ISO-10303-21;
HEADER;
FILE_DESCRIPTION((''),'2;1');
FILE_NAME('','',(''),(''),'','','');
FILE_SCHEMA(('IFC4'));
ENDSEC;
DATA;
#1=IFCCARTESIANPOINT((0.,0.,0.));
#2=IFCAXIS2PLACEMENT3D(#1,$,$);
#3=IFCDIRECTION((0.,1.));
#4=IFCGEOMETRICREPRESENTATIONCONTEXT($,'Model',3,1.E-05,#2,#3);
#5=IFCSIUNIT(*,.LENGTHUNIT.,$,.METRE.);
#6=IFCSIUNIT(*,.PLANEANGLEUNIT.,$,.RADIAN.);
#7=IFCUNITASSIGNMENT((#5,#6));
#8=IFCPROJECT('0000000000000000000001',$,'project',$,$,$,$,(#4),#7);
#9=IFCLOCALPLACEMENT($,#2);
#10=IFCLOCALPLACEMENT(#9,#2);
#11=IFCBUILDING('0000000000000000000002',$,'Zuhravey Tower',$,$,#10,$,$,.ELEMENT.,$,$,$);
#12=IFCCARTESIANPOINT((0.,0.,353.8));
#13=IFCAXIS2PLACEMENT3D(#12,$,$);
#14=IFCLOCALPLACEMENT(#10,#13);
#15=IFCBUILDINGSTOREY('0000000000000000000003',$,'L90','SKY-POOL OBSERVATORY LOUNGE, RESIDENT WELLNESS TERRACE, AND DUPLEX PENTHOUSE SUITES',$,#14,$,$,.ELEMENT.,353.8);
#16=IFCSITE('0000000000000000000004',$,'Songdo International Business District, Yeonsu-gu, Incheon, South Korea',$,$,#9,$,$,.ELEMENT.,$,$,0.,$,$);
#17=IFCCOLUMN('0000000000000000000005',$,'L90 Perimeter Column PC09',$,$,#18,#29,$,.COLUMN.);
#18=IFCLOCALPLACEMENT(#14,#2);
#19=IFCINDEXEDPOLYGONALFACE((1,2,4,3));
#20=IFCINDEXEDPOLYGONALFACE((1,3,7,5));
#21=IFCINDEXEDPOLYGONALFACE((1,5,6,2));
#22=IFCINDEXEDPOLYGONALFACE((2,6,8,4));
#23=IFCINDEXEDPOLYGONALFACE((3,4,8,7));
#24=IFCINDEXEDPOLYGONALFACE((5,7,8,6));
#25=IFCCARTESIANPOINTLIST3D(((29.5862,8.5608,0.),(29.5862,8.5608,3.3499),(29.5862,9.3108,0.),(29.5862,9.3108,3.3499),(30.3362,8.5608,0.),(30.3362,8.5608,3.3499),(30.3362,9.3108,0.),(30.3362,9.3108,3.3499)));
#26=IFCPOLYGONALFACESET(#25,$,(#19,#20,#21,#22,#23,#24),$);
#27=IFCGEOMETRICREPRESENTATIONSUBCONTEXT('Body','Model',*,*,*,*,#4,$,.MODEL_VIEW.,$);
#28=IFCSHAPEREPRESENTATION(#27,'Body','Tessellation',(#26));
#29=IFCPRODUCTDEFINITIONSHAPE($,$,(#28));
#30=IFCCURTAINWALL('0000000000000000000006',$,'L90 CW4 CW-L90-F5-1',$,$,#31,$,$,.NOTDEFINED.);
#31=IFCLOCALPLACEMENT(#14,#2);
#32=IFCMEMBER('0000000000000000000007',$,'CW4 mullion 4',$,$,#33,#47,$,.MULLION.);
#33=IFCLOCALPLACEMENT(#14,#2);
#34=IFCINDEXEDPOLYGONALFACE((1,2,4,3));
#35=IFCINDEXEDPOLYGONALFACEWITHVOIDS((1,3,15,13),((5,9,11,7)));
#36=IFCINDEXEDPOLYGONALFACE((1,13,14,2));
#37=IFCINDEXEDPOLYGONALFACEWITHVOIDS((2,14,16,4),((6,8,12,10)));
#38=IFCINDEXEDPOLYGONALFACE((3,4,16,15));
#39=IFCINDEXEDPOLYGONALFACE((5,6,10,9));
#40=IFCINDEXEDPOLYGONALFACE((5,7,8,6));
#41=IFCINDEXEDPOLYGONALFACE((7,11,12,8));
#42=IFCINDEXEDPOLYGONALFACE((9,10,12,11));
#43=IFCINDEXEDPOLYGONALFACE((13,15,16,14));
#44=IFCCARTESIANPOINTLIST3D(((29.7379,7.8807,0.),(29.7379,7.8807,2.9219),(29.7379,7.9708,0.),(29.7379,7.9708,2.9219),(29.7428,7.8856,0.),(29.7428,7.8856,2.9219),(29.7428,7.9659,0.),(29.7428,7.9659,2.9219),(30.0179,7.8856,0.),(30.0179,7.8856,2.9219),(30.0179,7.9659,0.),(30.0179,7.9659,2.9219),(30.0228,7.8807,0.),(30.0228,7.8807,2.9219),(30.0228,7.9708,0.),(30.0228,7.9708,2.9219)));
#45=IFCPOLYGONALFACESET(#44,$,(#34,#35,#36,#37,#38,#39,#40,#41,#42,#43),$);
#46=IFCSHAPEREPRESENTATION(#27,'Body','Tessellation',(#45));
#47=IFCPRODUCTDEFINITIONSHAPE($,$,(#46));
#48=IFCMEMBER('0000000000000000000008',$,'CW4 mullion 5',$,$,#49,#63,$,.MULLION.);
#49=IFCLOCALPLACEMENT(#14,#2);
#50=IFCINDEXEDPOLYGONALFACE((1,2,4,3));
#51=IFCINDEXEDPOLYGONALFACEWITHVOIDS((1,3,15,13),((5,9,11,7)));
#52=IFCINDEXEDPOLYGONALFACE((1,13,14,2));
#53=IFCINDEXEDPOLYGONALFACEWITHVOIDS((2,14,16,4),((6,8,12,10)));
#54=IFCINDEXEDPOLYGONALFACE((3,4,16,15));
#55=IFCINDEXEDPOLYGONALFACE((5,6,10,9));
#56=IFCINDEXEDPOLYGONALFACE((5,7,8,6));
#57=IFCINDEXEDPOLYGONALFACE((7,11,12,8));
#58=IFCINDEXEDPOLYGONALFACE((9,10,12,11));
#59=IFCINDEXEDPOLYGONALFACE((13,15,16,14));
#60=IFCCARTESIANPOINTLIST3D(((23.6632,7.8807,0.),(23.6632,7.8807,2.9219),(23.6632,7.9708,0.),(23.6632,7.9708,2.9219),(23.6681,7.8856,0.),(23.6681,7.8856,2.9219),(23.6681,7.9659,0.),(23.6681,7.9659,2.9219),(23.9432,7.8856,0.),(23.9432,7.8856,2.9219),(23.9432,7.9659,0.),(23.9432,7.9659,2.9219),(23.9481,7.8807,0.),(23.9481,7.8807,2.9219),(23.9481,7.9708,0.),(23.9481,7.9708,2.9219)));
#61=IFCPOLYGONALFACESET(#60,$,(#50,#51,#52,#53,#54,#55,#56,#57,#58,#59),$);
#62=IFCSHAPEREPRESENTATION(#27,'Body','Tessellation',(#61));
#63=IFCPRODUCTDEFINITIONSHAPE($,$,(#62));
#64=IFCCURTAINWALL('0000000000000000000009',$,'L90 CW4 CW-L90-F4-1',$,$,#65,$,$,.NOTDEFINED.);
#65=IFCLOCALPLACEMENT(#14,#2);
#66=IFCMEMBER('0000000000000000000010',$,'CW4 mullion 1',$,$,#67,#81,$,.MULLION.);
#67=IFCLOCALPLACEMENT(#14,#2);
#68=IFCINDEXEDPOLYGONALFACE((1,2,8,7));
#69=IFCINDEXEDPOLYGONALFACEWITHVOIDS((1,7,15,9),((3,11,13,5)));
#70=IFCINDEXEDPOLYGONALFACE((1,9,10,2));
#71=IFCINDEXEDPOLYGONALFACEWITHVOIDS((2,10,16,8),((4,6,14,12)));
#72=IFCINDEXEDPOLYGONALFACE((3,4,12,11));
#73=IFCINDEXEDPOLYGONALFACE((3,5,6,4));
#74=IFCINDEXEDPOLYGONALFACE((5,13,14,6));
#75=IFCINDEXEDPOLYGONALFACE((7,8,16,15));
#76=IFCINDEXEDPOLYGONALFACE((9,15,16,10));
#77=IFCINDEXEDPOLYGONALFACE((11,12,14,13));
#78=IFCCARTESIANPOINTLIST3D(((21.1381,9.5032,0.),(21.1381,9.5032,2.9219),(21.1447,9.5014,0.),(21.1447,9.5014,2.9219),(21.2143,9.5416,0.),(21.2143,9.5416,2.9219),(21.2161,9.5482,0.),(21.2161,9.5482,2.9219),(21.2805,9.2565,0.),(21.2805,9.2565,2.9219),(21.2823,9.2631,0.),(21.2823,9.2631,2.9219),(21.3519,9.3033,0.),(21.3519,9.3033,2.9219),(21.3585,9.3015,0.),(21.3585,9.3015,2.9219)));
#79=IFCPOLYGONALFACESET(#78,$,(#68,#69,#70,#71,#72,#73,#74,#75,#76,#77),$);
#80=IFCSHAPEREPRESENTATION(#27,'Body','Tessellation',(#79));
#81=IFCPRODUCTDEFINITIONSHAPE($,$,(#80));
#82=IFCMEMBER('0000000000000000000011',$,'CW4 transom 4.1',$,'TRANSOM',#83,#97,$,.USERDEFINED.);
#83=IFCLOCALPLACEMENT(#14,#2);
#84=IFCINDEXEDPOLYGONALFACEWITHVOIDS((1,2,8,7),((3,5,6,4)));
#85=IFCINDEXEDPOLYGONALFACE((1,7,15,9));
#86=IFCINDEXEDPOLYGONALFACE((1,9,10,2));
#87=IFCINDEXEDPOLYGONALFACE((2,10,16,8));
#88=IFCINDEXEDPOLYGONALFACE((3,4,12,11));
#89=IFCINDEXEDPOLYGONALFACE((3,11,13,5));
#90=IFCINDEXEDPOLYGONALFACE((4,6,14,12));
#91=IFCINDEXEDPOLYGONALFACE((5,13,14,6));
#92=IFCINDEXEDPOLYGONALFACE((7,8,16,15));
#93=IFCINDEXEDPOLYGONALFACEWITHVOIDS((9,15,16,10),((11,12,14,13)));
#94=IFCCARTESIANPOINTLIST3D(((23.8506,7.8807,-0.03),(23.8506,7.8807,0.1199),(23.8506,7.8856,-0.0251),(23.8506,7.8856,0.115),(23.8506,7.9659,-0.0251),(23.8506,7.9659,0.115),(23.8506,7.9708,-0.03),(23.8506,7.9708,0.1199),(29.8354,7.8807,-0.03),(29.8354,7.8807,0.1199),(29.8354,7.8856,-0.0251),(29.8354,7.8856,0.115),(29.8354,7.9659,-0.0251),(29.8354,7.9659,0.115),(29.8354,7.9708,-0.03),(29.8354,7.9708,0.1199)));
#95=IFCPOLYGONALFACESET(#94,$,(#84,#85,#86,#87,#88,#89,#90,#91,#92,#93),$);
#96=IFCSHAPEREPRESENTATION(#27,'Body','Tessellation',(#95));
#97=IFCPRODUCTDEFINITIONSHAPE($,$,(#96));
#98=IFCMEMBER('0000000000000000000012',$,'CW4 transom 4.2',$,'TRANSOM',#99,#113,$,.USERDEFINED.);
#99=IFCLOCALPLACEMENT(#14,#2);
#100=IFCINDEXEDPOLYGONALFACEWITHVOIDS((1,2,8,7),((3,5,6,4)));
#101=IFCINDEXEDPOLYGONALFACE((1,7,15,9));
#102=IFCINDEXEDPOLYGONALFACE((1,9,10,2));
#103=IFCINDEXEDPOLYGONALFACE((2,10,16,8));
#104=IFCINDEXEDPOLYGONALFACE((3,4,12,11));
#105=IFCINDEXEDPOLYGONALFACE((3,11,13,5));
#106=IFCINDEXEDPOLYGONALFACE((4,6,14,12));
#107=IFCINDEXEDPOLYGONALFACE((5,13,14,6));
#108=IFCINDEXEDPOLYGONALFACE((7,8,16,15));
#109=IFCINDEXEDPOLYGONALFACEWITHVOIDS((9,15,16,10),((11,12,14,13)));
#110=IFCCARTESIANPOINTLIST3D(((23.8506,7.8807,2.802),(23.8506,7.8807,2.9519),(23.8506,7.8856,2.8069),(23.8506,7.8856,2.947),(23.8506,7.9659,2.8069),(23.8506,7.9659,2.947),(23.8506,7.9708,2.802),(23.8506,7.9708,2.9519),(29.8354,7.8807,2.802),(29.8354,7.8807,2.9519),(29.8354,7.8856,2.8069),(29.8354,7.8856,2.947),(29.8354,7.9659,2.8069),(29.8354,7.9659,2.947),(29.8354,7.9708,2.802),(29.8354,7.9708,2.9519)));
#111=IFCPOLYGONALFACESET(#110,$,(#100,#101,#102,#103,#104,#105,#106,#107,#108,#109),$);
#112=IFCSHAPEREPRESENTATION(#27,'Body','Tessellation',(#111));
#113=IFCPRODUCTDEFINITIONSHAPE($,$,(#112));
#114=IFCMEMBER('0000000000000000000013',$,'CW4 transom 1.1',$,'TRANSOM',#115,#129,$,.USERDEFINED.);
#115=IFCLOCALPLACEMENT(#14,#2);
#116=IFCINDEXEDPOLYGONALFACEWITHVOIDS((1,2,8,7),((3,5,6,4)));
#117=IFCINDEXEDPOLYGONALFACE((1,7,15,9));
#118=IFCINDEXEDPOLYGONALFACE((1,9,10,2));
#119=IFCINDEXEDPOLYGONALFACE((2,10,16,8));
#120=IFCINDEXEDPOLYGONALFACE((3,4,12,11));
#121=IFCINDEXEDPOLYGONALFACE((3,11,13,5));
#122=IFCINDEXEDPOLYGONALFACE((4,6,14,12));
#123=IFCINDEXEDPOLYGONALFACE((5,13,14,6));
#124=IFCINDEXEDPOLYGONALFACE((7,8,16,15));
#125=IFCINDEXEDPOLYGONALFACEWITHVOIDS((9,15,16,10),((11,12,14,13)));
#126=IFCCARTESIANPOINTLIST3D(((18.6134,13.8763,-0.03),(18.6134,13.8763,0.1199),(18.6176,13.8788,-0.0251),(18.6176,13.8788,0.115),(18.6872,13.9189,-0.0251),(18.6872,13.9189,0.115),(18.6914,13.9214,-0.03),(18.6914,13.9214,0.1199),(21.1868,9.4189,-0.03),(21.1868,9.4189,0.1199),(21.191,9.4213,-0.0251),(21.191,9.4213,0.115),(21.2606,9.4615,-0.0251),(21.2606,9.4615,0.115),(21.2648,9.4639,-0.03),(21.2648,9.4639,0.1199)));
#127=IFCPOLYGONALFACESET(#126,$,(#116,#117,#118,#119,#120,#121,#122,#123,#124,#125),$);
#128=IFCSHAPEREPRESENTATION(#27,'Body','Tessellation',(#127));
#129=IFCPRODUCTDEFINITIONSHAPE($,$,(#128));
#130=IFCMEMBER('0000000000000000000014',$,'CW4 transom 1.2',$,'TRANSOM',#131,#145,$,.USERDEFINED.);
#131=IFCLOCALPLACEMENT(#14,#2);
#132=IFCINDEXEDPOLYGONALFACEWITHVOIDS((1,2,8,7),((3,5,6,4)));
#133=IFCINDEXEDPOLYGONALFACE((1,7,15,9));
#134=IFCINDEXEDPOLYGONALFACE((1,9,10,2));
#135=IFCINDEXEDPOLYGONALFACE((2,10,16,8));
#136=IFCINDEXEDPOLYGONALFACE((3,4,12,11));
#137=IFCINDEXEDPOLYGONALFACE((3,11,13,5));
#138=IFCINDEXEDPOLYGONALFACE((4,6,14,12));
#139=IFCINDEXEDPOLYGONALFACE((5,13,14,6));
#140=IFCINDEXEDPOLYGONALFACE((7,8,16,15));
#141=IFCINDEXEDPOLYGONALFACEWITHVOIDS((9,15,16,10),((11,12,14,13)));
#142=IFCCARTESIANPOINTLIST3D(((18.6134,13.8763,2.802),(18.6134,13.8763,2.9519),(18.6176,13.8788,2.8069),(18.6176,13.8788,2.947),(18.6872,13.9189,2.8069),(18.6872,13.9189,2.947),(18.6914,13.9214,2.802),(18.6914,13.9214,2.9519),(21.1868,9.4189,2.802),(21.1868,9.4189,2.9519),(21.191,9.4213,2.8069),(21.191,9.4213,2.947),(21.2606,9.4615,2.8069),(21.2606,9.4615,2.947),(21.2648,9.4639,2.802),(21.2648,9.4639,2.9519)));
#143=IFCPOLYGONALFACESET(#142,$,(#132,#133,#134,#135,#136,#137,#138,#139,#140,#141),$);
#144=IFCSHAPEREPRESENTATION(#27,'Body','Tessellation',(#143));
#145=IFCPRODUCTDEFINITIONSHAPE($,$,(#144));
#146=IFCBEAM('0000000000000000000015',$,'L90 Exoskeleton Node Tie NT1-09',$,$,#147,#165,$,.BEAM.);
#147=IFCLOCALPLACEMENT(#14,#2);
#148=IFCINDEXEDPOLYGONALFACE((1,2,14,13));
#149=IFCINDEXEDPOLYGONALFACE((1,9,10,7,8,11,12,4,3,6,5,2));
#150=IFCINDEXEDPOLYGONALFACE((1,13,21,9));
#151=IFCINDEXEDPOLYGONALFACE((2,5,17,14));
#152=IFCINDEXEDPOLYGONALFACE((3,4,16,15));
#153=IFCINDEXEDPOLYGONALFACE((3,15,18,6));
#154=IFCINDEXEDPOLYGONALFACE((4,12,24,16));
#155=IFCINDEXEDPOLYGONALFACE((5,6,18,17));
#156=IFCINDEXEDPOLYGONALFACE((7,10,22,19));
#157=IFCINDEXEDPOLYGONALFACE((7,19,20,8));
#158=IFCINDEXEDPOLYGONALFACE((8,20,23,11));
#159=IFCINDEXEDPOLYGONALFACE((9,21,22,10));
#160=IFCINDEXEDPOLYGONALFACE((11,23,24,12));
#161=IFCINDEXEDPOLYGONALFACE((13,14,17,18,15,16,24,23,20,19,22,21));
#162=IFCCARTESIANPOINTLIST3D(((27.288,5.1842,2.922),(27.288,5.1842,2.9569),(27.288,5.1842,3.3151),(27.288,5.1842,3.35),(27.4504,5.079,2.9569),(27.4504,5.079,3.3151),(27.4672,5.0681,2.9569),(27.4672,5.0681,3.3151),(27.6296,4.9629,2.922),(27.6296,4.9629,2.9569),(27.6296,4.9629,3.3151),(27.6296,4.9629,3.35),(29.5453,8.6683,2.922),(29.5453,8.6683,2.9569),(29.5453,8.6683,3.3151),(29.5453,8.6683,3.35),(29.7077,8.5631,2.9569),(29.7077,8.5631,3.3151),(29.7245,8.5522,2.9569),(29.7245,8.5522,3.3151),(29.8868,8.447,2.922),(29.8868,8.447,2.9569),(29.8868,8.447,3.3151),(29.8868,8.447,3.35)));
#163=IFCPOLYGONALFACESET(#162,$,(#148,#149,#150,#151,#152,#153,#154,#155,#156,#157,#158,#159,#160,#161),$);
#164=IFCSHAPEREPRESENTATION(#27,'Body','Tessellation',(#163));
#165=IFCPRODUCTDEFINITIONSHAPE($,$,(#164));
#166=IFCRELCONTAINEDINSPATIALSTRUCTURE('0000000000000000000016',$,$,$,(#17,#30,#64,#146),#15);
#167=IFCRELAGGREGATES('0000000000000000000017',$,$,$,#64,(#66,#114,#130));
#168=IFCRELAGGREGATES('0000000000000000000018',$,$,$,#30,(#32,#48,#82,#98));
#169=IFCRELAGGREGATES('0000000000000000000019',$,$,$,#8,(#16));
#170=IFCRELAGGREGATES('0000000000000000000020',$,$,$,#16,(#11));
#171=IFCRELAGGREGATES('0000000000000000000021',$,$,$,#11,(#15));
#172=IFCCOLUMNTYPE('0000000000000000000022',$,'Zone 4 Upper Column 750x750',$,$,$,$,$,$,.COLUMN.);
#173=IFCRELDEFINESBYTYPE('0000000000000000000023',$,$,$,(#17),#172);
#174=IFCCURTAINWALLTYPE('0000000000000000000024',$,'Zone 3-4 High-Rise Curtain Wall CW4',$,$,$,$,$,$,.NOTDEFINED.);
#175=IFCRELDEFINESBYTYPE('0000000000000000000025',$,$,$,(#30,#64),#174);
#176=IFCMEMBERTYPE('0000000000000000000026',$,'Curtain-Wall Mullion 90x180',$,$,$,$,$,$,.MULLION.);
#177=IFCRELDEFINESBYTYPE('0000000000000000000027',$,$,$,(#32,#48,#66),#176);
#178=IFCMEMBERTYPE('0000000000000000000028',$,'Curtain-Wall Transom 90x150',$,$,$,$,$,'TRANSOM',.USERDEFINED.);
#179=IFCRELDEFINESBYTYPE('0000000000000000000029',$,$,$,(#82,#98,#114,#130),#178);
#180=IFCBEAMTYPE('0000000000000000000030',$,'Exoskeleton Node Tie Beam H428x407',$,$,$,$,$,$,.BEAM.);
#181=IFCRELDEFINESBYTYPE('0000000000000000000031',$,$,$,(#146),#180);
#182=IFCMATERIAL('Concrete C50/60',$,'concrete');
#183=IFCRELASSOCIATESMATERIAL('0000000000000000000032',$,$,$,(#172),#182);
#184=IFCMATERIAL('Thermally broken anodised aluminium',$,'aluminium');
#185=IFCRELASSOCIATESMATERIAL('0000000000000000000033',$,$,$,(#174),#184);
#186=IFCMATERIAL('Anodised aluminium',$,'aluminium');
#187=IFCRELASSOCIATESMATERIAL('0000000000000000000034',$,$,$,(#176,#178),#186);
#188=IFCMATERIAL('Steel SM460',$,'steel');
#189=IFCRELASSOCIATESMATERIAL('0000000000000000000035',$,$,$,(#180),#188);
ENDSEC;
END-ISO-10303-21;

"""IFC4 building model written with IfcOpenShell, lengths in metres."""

from ifc_helpers import new_model, si_unit, direction, frame, origin, origin_2d, place, context, subcontext, project, spatial, rectangle, hollow_rectangle, i_section, extrude, material, material_profile, profile_set, type_object, element, aggregate, save


model = new_model("IFC4")

# Units and contexts
model_context = context("Model", 3, precision=1e-05, world=origin(), true_north=direction((0.0, 1.0)))
body_context = subcontext(model_context, "Body", "Model", "MODEL_VIEW")
ifc_project = project(units=[si_unit("LENGTHUNIT", "METRE"), si_unit("PLANEANGLEUNIT", "RADIAN")], contexts=[model_context])

# Site, building, storey
site_placement = place(None, origin())
site = spatial("IfcSite", under=ifc_project, at=site_placement, Name="Songdo International Business District, Yeonsu-gu, Incheon, South Korea", CompositionType="ELEMENT", RefElevation=0.0)
building_placement = place(site_placement, origin())
building = spatial("IfcBuilding", under=site, at=building_placement, Name="Zuhravey Tower", CompositionType="ELEMENT")
storey_placement = place(building_placement, frame((0.0, 0.0, 353.8)))
storey = spatial("IfcBuildingStorey", under=building, at=storey_placement, Name="L90", Description="SKY-POOL OBSERVATORY LOUNGE, RESIDENT WELLNESS TERRACE, AND DUPLEX PENTHOUSE SUITES", CompositionType="ELEMENT", Elevation=353.8)

# Column
ifc_material_1 = material(Name="Concrete C50/60", Category="concrete")
ifc_material_profile_1 = material_profile(ifc_material_1, rectangle(XDim=0.75, YDim=0.75, at=origin_2d()), Name="RC-750x750")
ifc_profile_set_1 = profile_set([ifc_material_profile_1], Name="Concrete C50/60")
column_type = type_object("IfcColumnType", Name="Zone 4 Upper Column 750x750", PredefinedType="COLUMN", material=ifc_profile_set_1)
column_placement = place(storey_placement, frame((29.9612, 8.9358, 0.0), z_axis=(0.0, 0.0, 1.0), x_axis=(1.0, 0.0, 0.0)))
element("IfcColumn", 1, at=column_placement, inside=storey, type_object=column_type, Name="L90 Perimeter Column PC09", PredefinedType="COLUMN", context=body_context, shape_type="SweptSolid", body=[
    extrude(rectangle(XDim=0.75, YDim=0.75, at=origin_2d()), origin(), (0.0, 0.0, 1.0), 3.3499),
])

# Curtain wall, members
ifc_material_2 = material(Name="Thermally broken anodised aluminium", Category="aluminium")
curtain_wall_type = type_object("IfcCurtainWallType", Name="Zone 3-4 High-Rise Curtain Wall CW4", PredefinedType="NOTDEFINED", material=ifc_material_2)
curtain_wall_1_placement = place(storey_placement, origin())
curtain_wall_1 = element("IfcCurtainWall", 2, at=curtain_wall_1_placement, inside=storey, type_object=curtain_wall_type, Name="L90 CW4 CW-L90-F5-1", PredefinedType="NOTDEFINED")
ifc_material_3 = material(Name="Anodised aluminium", Category="aluminium")
ifc_material_profile_2 = material_profile(ifc_material_3, hollow_rectangle(XDim=0.0901, YDim=0.2849, WallThickness=0.0049, at=origin_2d()), Name="ALU-RHS-90x285x5")
ifc_profile_set_2 = profile_set([ifc_material_profile_2], Name="Anodised aluminium")
member_type_1 = type_object("IfcMemberType", Name="Curtain-Wall Mullion 90x180", PredefinedType="MULLION", material=ifc_profile_set_2)
member_1_placement = place(storey_placement, frame((29.8804, 7.9258, 0.0), z_axis=(0.0, 0.0, 1.0), x_axis=(0.0, -1.0, 0.0)))
member_1 = element("IfcMember", 3, at=member_1_placement, type_object=member_type_1, Name="CW4 mullion 4", PredefinedType="MULLION", context=body_context, shape_type="SweptSolid", body=[
    extrude(hollow_rectangle(XDim=0.0901, YDim=0.2849, WallThickness=0.0049, at=origin_2d()), origin(), (0.0, 0.0, 1.0), 2.9219),
])
member_2_placement = place(storey_placement, frame((23.8057, 7.9258, 0.0), z_axis=(0.0, 0.0, 1.0), x_axis=(0.0, -1.0, 0.0)))
member_2 = element("IfcMember", 4, at=member_2_placement, type_object=member_type_1, Name="CW4 mullion 5", PredefinedType="MULLION", context=body_context, shape_type="SweptSolid", body=[
    extrude(hollow_rectangle(XDim=0.0901, YDim=0.2849, WallThickness=0.0049, at=origin_2d()), origin(), (0.0, 0.0, 1.0), 2.9219),
])

# Curtain wall, member
curtain_wall_2_placement = place(storey_placement, origin())
curtain_wall_2 = element("IfcCurtainWall", 5, at=curtain_wall_2_placement, inside=storey, type_object=curtain_wall_type, Name="L90 CW4 CW-L90-F4-1", PredefinedType="NOTDEFINED")
member_3_placement = place(storey_placement, frame((21.2483, 9.4023, 0.0), z_axis=(0.0, 0.0, 1.0), x_axis=(-0.866029, -0.499994, 0.0)))
member_3 = element("IfcMember", 6, at=member_3_placement, type_object=member_type_1, Name="CW4 mullion 1", PredefinedType="MULLION", context=body_context, shape_type="SweptSolid", body=[
    extrude(hollow_rectangle(XDim=0.0901, YDim=0.2849, WallThickness=0.0049, at=origin_2d()), origin(), (0.0, 0.0, 1.0), 2.9219),
])

# Members
ifc_material_profile_3 = material_profile(ifc_material_3, hollow_rectangle(XDim=0.0901, YDim=0.1499, WallThickness=0.0049, at=origin_2d()), Name="ALU-RHS-90x150x5")
ifc_profile_set_3 = profile_set([ifc_material_profile_3], Name="Anodised aluminium")
member_type_2 = type_object("IfcMemberType", Name="Curtain-Wall Transom 90x150", ElementType="TRANSOM", PredefinedType="USERDEFINED", material=ifc_profile_set_3)
member_4_placement = place(storey_placement, frame((29.8354, 7.9258, 0.0449), z_axis=(-1.0, 0.0, 0.0), x_axis=(0.0, -1.0, 0.0)))
member_4 = element("IfcMember", 7, at=member_4_placement, type_object=member_type_2, Name="CW4 transom 4.1", ObjectType="TRANSOM", PredefinedType="USERDEFINED", context=body_context, shape_type="SweptSolid", body=[
    extrude(hollow_rectangle(XDim=0.0901, YDim=0.1499, WallThickness=0.0049, at=origin_2d()), origin(), (0.0, 0.0, 1.0), 5.9849),
])
member_5_placement = place(storey_placement, frame((29.8354, 7.9258, 2.877), z_axis=(-1.0, 0.0, 0.0), x_axis=(0.0, -1.0, 0.0)))
member_5 = element("IfcMember", 8, at=member_5_placement, type_object=member_type_2, Name="CW4 transom 4.2", ObjectType="TRANSOM", PredefinedType="USERDEFINED", context=body_context, shape_type="SweptSolid", body=[
    extrude(hollow_rectangle(XDim=0.0901, YDim=0.1499, WallThickness=0.0049, at=origin_2d()), origin(), (0.0, 0.0, 1.0), 5.9849),
])
member_6_placement = place(storey_placement, frame((21.2258, 9.4414, 0.0449), z_axis=(-0.499991, 0.866031, 0.0), x_axis=(-0.866031, -0.499991, 0.0)))
member_6 = element("IfcMember", 9, at=member_6_placement, type_object=member_type_2, Name="CW4 transom 1.1", ObjectType="TRANSOM", PredefinedType="USERDEFINED", context=body_context, shape_type="SweptSolid", body=[
    extrude(hollow_rectangle(XDim=0.0901, YDim=0.1499, WallThickness=0.0049, at=origin_2d()), origin(), (0.0, 0.0, 1.0), 5.147),
])
member_7_placement = place(storey_placement, frame((21.2258, 9.4414, 2.877), z_axis=(-0.499991, 0.866031, 0.0), x_axis=(-0.866031, -0.499991, 0.0)))
member_7 = element("IfcMember", 10, at=member_7_placement, type_object=member_type_2, Name="CW4 transom 1.2", ObjectType="TRANSOM", PredefinedType="USERDEFINED", context=body_context, shape_type="SweptSolid", body=[
    extrude(hollow_rectangle(XDim=0.0901, YDim=0.1499, WallThickness=0.0049, at=origin_2d()), origin(), (0.0, 0.0, 1.0), 5.147),
])
aggregate(curtain_wall_2, [member_3, member_6, member_7])

# Beam
ifc_material_4 = material(Name="Steel SM460", Category="steel")
ifc_material_profile_4 = material_profile(ifc_material_4, i_section(OverallWidth=0.407, OverallDepth=0.428, WebThickness=0.02, FlangeThickness=0.0349, at=origin_2d()), Name="H-428x407x20x35")
ifc_profile_set_4 = profile_set([ifc_material_profile_4], Name="Steel SM460")
beam_type_1 = type_object("IfcBeamType", Name="Exoskeleton Node Tie Beam H428x407", PredefinedType="BEAM", material=ifc_profile_set_4)
beam_1_placement = place(storey_placement, frame((29.7161, 8.5576, 3.136), z_axis=(-0.543741, -0.839253, 0.0), x_axis=(0.839253, -0.543741, 0.0)))
element("IfcBeam", 11, at=beam_1_placement, inside=storey, type_object=beam_type_1, Name="L90 Exoskeleton Node Tie NT1-09", PredefinedType="BEAM", context=body_context, shape_type="SweptSolid", body=[
    extrude(i_section(OverallWidth=0.407, OverallDepth=0.428, WebThickness=0.02, FlangeThickness=0.0349, at=origin_2d()), origin(), (0.0, 0.0, 1.0), 4.1514),
])

aggregate(curtain_wall_1, [member_1, member_2, member_4, member_5])

save(model, "model.ifc")
